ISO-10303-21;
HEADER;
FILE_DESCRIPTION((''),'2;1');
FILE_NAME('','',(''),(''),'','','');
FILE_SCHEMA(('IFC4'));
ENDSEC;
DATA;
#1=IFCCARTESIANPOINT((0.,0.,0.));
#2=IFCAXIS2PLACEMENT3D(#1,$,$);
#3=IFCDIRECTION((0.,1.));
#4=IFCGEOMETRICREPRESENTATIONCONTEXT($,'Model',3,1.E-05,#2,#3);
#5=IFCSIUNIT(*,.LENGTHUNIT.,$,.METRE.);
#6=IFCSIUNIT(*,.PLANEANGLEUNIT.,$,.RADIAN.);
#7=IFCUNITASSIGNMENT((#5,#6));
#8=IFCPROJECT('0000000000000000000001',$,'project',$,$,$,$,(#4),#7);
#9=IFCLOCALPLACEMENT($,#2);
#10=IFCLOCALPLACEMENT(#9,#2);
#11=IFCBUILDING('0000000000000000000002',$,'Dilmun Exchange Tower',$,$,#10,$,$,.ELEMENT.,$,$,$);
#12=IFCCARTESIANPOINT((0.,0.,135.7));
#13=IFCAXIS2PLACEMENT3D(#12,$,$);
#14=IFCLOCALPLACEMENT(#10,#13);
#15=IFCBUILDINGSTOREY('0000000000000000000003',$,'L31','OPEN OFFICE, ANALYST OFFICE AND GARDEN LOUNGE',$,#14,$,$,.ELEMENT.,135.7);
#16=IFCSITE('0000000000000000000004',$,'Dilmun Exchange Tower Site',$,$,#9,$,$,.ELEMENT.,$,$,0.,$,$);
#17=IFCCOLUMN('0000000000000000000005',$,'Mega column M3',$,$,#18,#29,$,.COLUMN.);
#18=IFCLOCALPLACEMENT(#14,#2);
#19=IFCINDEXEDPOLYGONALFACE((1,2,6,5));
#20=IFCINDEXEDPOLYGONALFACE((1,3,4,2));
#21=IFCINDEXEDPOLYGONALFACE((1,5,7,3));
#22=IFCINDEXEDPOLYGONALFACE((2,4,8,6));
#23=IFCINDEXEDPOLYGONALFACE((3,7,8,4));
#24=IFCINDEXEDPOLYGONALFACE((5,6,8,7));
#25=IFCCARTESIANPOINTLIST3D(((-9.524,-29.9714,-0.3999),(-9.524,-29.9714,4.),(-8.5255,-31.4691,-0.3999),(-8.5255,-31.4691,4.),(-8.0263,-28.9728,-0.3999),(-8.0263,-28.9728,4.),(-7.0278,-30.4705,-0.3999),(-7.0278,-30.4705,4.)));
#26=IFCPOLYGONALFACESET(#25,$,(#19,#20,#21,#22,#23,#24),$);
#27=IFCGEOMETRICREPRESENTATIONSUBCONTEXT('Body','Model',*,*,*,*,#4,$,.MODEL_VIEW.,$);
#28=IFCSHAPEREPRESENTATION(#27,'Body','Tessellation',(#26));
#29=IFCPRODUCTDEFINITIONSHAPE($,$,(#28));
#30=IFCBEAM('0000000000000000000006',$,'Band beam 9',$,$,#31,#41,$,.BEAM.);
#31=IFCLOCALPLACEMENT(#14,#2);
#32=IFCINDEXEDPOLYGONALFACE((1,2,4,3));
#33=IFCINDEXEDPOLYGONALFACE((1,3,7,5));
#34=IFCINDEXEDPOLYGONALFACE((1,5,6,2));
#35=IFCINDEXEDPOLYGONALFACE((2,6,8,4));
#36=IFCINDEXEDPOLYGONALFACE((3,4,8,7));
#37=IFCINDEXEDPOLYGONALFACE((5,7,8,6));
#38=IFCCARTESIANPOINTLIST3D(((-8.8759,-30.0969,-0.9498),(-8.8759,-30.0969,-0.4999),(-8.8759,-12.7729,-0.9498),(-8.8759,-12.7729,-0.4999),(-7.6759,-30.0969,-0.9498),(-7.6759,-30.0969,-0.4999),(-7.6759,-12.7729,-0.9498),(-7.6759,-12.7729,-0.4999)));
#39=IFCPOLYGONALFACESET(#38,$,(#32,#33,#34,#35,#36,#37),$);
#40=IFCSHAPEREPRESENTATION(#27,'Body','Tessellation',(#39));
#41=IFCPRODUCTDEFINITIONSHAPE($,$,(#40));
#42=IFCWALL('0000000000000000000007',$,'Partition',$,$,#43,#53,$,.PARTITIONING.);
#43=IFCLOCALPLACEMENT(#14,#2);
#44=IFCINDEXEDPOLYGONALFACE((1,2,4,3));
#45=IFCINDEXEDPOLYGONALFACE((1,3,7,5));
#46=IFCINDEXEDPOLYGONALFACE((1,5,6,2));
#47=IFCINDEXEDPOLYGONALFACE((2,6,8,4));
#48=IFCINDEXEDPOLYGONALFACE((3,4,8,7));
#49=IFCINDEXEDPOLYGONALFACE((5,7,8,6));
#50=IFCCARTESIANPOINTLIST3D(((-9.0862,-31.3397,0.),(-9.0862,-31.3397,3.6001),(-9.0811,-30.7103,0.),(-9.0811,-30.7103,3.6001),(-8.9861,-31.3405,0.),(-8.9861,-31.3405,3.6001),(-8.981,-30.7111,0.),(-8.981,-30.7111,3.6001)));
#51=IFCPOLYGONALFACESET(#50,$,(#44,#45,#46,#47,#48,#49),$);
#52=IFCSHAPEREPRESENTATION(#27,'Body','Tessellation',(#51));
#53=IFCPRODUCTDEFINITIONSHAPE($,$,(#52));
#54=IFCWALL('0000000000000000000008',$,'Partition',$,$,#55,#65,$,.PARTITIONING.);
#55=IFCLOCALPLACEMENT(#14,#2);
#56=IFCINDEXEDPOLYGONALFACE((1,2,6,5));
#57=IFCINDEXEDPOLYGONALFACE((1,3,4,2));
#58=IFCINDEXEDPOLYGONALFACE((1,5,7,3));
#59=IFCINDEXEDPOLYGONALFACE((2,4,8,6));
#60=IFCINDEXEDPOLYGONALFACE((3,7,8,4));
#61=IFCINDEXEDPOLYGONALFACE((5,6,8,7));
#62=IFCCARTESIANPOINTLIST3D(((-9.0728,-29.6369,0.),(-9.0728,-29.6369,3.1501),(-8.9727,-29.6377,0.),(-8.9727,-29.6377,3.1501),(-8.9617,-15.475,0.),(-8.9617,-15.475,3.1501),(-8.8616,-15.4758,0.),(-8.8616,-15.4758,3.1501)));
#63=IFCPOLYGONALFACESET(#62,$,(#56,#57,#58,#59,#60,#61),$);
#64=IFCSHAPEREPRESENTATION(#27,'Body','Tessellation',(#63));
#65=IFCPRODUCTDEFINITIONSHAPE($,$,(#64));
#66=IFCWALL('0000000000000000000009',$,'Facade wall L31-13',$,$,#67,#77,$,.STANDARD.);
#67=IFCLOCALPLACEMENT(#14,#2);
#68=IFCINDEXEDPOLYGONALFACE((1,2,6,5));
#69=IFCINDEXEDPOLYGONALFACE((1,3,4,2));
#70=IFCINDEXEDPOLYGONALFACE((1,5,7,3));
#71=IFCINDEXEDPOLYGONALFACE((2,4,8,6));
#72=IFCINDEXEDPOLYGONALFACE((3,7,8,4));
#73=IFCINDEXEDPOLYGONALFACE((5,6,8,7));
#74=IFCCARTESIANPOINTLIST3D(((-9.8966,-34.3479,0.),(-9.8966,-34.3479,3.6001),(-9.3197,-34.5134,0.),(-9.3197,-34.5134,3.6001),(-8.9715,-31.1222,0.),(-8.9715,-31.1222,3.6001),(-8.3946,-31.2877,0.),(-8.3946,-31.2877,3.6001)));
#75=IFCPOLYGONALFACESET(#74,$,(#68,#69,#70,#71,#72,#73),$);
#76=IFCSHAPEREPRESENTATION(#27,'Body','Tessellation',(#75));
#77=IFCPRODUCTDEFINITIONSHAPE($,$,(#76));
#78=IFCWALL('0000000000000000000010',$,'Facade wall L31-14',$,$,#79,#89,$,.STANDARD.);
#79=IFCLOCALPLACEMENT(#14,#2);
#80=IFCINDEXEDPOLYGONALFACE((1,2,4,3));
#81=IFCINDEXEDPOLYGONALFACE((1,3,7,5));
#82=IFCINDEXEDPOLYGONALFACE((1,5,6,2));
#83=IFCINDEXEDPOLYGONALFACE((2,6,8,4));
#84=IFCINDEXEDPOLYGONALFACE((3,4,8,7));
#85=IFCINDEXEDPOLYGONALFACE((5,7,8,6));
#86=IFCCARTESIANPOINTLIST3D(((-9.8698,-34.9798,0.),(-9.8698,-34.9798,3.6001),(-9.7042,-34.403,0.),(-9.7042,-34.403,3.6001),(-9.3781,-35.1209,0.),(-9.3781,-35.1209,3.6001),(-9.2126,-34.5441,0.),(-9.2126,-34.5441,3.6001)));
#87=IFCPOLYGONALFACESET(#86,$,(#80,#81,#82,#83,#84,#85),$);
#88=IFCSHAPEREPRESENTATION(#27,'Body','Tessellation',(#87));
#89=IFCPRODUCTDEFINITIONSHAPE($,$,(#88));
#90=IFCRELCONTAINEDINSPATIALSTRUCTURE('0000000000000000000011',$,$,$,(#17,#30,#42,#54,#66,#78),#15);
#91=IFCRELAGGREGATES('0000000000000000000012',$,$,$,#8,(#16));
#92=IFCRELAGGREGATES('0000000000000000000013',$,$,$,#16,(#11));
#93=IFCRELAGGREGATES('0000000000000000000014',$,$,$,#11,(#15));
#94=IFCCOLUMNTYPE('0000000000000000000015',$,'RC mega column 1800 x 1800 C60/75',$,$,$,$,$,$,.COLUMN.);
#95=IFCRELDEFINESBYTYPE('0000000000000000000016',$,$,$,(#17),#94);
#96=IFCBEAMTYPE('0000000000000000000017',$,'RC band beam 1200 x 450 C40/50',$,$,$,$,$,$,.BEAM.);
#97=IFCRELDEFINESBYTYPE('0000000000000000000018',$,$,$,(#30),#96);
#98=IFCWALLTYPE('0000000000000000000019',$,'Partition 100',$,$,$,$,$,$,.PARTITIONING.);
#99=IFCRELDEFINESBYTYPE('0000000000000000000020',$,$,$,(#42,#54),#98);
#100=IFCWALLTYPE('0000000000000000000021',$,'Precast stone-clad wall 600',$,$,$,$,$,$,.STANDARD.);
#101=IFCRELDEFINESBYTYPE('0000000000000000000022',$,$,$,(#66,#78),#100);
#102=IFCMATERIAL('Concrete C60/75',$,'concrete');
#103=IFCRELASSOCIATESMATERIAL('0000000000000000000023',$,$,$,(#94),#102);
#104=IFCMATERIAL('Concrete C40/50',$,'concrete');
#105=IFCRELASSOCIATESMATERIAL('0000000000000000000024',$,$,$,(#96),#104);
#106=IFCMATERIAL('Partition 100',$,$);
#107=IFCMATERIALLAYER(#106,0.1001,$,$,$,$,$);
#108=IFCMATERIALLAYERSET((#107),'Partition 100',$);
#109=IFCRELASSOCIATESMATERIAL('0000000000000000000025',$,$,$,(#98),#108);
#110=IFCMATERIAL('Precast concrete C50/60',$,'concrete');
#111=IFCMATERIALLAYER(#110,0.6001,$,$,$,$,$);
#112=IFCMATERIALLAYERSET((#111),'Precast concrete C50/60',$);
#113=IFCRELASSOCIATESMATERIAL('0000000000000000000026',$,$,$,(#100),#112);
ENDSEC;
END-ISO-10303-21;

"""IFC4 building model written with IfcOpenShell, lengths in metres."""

from ifc_helpers import new_model, si_unit, direction, frame, frame_2d, origin, origin_2d, place, context, subcontext, project, spatial, rectangle, extrude, material, layer, layer_set, material_profile, profile_set, type_object, element, save


model = new_model("IFC4")

# Units and contexts
model_context = context("Model", 3, precision=1e-05, world=origin(), true_north=direction((0.0, 1.0)))
body_context = subcontext(model_context, "Body", "Model", "MODEL_VIEW")
ifc_project = project(units=[si_unit("LENGTHUNIT", "METRE"), si_unit("PLANEANGLEUNIT", "RADIAN")], contexts=[model_context])

# Site, building, storey
site_placement = place(None, origin())
site = spatial("IfcSite", under=ifc_project, at=site_placement, Name="Dilmun Exchange Tower Site", CompositionType="ELEMENT", RefElevation=0.0)
building_placement = place(site_placement, origin())
building = spatial("IfcBuilding", under=site, at=building_placement, Name="Dilmun Exchange Tower", CompositionType="ELEMENT")
storey_placement = place(building_placement, frame((0.0, 0.0, 135.7)))
storey = spatial("IfcBuildingStorey", under=building, at=storey_placement, Name="L31", Description="OPEN OFFICE, ANALYST OFFICE AND GARDEN LOUNGE", CompositionType="ELEMENT", Elevation=135.7)

# Column
ifc_material_1 = material(Name="Concrete C60/75", Category="concrete")
ifc_material_profile_1 = material_profile(ifc_material_1, rectangle(XDim=1.8, YDim=1.8, at=origin_2d()), Name="1800 x 1800")
ifc_profile_set_1 = profile_set([ifc_material_profile_1], Name="Concrete C60/75")
column_type = type_object("IfcColumnType", Name="RC mega column 1800 x 1800 C60/75", PredefinedType="COLUMN", material=ifc_profile_set_1)
column_placement = place(storey_placement, frame((-8.2759, -30.2209, -0.3999), z_axis=(0.0, 0.0, 1.0), x_axis=(0.832029, 0.554733, 0.0)))
element("IfcColumn", 1, at=column_placement, inside=storey, type_object=column_type, Name="Mega column M3", PredefinedType="COLUMN", context=body_context, shape_type="SweptSolid", body=[
    extrude(rectangle(XDim=1.8, YDim=1.8, at=origin_2d()), origin(), (0.0, 0.0, 1.0), 4.3999),
])

# Beam
ifc_material_2 = material(Name="Concrete C40/50", Category="concrete")
ifc_material_profile_2 = material_profile(ifc_material_2, rectangle(XDim=1.2, YDim=0.45, at=origin_2d()), Name="1200 x 450")
ifc_profile_set_2 = profile_set([ifc_material_profile_2], Name="Concrete C40/50")
beam_type = type_object("IfcBeamType", Name="RC band beam 1200 x 450 C40/50", PredefinedType="BEAM", material=ifc_profile_set_2)
beam_placement = place(storey_placement, frame((-8.2759, -30.0969, -0.7249), z_axis=(0.0, 1.0, 0.0), x_axis=(-1.0, 0.0, 0.0)))
element("IfcBeam", 2, at=beam_placement, inside=storey, type_object=beam_type, Name="Band beam 9", PredefinedType="BEAM", context=body_context, shape_type="SweptSolid", body=[
    extrude(rectangle(XDim=1.2, YDim=0.45, at=origin_2d()), origin(), (0.0, 0.0, 1.0), 17.324),
])

# Walls
ifc_material_3 = material(Name="Partition 100")
ifc_layer_1 = layer(ifc_material_3, 0.1001)
ifc_layer_set_1 = layer_set([ifc_layer_1], Name="Partition 100")
wall_type_1 = type_object("IfcWallType", Name="Partition 100", PredefinedType="PARTITIONING", material=ifc_layer_set_1)
wall_1_placement = place(storey_placement, frame((-9.0361, -31.3401, 0.0), z_axis=(0.0, 0.0, 1.0), x_axis=(0.008146, 0.999967, 0.0)))
element("IfcWall", 3, at=wall_1_placement, inside=storey, type_object=wall_type_1, Name="Partition", PredefinedType="PARTITIONING", context=body_context, shape_type="SweptSolid", body=[
    extrude(rectangle(XDim=0.6294, YDim=0.1001, at=frame_2d((0.3147, 0.0))), origin(), (0.0, 0.0, 1.0), 3.6001),
])
wall_2_placement = place(storey_placement, frame((-9.0227, -29.6372, 0.0), z_axis=(0.0, 0.0, 1.0), x_axis=(0.007844, 0.999969, 0.0)))
element("IfcWall", 4, at=wall_2_placement, inside=storey, type_object=wall_type_1, Name="Partition", PredefinedType="PARTITIONING", context=body_context, shape_type="SweptSolid", body=[
    extrude(rectangle(XDim=14.1624, YDim=0.1001, at=frame_2d((7.0811, 0.0))), origin(), (0.0, 0.0, 1.0), 3.1501),
])
ifc_material_4 = material(Name="Precast concrete C50/60", Category="concrete")
ifc_layer_2 = layer(ifc_material_4, 0.6001)
ifc_layer_set_2 = layer_set([ifc_layer_2], Name="Precast concrete C50/60")
wall_type_2 = type_object("IfcWallType", Name="Precast stone-clad wall 600", PredefinedType="STANDARD", material=ifc_layer_set_2)
wall_3_placement = place(storey_placement, frame((-8.6831, -31.2051, 0.0), z_axis=(0.0, 0.0, 1.0), x_axis=(-0.275672, -0.961252, 0.0)))
element("IfcWall", 5, at=wall_3_placement, inside=storey, type_object=wall_type_2, Name="Facade wall L31-13", PredefinedType="STANDARD", context=body_context, shape_type="SweptSolid", body=[
    extrude(rectangle(XDim=3.3557, YDim=0.6001, at=frame_2d((1.6777, 0.0))), origin(), (0.0, 0.0, 1.0), 3.6001),
])
wall_4_placement = place(storey_placement, frame((-9.7871, -34.6914, 0.0), z_axis=(0.0, 0.0, 1.0), x_axis=(0.961199, -0.275856, 0.0)))
element("IfcWall", 6, at=wall_4_placement, inside=storey, type_object=wall_type_2, Name="Facade wall L31-14", PredefinedType="STANDARD", context=body_context, shape_type="SweptSolid", body=[
    extrude(rectangle(XDim=0.5115, YDim=0.6001, at=frame_2d((0.2559, 0.0))), origin(), (0.0, 0.0, 1.0), 3.6001),
])

save(model, "model.ifc")
